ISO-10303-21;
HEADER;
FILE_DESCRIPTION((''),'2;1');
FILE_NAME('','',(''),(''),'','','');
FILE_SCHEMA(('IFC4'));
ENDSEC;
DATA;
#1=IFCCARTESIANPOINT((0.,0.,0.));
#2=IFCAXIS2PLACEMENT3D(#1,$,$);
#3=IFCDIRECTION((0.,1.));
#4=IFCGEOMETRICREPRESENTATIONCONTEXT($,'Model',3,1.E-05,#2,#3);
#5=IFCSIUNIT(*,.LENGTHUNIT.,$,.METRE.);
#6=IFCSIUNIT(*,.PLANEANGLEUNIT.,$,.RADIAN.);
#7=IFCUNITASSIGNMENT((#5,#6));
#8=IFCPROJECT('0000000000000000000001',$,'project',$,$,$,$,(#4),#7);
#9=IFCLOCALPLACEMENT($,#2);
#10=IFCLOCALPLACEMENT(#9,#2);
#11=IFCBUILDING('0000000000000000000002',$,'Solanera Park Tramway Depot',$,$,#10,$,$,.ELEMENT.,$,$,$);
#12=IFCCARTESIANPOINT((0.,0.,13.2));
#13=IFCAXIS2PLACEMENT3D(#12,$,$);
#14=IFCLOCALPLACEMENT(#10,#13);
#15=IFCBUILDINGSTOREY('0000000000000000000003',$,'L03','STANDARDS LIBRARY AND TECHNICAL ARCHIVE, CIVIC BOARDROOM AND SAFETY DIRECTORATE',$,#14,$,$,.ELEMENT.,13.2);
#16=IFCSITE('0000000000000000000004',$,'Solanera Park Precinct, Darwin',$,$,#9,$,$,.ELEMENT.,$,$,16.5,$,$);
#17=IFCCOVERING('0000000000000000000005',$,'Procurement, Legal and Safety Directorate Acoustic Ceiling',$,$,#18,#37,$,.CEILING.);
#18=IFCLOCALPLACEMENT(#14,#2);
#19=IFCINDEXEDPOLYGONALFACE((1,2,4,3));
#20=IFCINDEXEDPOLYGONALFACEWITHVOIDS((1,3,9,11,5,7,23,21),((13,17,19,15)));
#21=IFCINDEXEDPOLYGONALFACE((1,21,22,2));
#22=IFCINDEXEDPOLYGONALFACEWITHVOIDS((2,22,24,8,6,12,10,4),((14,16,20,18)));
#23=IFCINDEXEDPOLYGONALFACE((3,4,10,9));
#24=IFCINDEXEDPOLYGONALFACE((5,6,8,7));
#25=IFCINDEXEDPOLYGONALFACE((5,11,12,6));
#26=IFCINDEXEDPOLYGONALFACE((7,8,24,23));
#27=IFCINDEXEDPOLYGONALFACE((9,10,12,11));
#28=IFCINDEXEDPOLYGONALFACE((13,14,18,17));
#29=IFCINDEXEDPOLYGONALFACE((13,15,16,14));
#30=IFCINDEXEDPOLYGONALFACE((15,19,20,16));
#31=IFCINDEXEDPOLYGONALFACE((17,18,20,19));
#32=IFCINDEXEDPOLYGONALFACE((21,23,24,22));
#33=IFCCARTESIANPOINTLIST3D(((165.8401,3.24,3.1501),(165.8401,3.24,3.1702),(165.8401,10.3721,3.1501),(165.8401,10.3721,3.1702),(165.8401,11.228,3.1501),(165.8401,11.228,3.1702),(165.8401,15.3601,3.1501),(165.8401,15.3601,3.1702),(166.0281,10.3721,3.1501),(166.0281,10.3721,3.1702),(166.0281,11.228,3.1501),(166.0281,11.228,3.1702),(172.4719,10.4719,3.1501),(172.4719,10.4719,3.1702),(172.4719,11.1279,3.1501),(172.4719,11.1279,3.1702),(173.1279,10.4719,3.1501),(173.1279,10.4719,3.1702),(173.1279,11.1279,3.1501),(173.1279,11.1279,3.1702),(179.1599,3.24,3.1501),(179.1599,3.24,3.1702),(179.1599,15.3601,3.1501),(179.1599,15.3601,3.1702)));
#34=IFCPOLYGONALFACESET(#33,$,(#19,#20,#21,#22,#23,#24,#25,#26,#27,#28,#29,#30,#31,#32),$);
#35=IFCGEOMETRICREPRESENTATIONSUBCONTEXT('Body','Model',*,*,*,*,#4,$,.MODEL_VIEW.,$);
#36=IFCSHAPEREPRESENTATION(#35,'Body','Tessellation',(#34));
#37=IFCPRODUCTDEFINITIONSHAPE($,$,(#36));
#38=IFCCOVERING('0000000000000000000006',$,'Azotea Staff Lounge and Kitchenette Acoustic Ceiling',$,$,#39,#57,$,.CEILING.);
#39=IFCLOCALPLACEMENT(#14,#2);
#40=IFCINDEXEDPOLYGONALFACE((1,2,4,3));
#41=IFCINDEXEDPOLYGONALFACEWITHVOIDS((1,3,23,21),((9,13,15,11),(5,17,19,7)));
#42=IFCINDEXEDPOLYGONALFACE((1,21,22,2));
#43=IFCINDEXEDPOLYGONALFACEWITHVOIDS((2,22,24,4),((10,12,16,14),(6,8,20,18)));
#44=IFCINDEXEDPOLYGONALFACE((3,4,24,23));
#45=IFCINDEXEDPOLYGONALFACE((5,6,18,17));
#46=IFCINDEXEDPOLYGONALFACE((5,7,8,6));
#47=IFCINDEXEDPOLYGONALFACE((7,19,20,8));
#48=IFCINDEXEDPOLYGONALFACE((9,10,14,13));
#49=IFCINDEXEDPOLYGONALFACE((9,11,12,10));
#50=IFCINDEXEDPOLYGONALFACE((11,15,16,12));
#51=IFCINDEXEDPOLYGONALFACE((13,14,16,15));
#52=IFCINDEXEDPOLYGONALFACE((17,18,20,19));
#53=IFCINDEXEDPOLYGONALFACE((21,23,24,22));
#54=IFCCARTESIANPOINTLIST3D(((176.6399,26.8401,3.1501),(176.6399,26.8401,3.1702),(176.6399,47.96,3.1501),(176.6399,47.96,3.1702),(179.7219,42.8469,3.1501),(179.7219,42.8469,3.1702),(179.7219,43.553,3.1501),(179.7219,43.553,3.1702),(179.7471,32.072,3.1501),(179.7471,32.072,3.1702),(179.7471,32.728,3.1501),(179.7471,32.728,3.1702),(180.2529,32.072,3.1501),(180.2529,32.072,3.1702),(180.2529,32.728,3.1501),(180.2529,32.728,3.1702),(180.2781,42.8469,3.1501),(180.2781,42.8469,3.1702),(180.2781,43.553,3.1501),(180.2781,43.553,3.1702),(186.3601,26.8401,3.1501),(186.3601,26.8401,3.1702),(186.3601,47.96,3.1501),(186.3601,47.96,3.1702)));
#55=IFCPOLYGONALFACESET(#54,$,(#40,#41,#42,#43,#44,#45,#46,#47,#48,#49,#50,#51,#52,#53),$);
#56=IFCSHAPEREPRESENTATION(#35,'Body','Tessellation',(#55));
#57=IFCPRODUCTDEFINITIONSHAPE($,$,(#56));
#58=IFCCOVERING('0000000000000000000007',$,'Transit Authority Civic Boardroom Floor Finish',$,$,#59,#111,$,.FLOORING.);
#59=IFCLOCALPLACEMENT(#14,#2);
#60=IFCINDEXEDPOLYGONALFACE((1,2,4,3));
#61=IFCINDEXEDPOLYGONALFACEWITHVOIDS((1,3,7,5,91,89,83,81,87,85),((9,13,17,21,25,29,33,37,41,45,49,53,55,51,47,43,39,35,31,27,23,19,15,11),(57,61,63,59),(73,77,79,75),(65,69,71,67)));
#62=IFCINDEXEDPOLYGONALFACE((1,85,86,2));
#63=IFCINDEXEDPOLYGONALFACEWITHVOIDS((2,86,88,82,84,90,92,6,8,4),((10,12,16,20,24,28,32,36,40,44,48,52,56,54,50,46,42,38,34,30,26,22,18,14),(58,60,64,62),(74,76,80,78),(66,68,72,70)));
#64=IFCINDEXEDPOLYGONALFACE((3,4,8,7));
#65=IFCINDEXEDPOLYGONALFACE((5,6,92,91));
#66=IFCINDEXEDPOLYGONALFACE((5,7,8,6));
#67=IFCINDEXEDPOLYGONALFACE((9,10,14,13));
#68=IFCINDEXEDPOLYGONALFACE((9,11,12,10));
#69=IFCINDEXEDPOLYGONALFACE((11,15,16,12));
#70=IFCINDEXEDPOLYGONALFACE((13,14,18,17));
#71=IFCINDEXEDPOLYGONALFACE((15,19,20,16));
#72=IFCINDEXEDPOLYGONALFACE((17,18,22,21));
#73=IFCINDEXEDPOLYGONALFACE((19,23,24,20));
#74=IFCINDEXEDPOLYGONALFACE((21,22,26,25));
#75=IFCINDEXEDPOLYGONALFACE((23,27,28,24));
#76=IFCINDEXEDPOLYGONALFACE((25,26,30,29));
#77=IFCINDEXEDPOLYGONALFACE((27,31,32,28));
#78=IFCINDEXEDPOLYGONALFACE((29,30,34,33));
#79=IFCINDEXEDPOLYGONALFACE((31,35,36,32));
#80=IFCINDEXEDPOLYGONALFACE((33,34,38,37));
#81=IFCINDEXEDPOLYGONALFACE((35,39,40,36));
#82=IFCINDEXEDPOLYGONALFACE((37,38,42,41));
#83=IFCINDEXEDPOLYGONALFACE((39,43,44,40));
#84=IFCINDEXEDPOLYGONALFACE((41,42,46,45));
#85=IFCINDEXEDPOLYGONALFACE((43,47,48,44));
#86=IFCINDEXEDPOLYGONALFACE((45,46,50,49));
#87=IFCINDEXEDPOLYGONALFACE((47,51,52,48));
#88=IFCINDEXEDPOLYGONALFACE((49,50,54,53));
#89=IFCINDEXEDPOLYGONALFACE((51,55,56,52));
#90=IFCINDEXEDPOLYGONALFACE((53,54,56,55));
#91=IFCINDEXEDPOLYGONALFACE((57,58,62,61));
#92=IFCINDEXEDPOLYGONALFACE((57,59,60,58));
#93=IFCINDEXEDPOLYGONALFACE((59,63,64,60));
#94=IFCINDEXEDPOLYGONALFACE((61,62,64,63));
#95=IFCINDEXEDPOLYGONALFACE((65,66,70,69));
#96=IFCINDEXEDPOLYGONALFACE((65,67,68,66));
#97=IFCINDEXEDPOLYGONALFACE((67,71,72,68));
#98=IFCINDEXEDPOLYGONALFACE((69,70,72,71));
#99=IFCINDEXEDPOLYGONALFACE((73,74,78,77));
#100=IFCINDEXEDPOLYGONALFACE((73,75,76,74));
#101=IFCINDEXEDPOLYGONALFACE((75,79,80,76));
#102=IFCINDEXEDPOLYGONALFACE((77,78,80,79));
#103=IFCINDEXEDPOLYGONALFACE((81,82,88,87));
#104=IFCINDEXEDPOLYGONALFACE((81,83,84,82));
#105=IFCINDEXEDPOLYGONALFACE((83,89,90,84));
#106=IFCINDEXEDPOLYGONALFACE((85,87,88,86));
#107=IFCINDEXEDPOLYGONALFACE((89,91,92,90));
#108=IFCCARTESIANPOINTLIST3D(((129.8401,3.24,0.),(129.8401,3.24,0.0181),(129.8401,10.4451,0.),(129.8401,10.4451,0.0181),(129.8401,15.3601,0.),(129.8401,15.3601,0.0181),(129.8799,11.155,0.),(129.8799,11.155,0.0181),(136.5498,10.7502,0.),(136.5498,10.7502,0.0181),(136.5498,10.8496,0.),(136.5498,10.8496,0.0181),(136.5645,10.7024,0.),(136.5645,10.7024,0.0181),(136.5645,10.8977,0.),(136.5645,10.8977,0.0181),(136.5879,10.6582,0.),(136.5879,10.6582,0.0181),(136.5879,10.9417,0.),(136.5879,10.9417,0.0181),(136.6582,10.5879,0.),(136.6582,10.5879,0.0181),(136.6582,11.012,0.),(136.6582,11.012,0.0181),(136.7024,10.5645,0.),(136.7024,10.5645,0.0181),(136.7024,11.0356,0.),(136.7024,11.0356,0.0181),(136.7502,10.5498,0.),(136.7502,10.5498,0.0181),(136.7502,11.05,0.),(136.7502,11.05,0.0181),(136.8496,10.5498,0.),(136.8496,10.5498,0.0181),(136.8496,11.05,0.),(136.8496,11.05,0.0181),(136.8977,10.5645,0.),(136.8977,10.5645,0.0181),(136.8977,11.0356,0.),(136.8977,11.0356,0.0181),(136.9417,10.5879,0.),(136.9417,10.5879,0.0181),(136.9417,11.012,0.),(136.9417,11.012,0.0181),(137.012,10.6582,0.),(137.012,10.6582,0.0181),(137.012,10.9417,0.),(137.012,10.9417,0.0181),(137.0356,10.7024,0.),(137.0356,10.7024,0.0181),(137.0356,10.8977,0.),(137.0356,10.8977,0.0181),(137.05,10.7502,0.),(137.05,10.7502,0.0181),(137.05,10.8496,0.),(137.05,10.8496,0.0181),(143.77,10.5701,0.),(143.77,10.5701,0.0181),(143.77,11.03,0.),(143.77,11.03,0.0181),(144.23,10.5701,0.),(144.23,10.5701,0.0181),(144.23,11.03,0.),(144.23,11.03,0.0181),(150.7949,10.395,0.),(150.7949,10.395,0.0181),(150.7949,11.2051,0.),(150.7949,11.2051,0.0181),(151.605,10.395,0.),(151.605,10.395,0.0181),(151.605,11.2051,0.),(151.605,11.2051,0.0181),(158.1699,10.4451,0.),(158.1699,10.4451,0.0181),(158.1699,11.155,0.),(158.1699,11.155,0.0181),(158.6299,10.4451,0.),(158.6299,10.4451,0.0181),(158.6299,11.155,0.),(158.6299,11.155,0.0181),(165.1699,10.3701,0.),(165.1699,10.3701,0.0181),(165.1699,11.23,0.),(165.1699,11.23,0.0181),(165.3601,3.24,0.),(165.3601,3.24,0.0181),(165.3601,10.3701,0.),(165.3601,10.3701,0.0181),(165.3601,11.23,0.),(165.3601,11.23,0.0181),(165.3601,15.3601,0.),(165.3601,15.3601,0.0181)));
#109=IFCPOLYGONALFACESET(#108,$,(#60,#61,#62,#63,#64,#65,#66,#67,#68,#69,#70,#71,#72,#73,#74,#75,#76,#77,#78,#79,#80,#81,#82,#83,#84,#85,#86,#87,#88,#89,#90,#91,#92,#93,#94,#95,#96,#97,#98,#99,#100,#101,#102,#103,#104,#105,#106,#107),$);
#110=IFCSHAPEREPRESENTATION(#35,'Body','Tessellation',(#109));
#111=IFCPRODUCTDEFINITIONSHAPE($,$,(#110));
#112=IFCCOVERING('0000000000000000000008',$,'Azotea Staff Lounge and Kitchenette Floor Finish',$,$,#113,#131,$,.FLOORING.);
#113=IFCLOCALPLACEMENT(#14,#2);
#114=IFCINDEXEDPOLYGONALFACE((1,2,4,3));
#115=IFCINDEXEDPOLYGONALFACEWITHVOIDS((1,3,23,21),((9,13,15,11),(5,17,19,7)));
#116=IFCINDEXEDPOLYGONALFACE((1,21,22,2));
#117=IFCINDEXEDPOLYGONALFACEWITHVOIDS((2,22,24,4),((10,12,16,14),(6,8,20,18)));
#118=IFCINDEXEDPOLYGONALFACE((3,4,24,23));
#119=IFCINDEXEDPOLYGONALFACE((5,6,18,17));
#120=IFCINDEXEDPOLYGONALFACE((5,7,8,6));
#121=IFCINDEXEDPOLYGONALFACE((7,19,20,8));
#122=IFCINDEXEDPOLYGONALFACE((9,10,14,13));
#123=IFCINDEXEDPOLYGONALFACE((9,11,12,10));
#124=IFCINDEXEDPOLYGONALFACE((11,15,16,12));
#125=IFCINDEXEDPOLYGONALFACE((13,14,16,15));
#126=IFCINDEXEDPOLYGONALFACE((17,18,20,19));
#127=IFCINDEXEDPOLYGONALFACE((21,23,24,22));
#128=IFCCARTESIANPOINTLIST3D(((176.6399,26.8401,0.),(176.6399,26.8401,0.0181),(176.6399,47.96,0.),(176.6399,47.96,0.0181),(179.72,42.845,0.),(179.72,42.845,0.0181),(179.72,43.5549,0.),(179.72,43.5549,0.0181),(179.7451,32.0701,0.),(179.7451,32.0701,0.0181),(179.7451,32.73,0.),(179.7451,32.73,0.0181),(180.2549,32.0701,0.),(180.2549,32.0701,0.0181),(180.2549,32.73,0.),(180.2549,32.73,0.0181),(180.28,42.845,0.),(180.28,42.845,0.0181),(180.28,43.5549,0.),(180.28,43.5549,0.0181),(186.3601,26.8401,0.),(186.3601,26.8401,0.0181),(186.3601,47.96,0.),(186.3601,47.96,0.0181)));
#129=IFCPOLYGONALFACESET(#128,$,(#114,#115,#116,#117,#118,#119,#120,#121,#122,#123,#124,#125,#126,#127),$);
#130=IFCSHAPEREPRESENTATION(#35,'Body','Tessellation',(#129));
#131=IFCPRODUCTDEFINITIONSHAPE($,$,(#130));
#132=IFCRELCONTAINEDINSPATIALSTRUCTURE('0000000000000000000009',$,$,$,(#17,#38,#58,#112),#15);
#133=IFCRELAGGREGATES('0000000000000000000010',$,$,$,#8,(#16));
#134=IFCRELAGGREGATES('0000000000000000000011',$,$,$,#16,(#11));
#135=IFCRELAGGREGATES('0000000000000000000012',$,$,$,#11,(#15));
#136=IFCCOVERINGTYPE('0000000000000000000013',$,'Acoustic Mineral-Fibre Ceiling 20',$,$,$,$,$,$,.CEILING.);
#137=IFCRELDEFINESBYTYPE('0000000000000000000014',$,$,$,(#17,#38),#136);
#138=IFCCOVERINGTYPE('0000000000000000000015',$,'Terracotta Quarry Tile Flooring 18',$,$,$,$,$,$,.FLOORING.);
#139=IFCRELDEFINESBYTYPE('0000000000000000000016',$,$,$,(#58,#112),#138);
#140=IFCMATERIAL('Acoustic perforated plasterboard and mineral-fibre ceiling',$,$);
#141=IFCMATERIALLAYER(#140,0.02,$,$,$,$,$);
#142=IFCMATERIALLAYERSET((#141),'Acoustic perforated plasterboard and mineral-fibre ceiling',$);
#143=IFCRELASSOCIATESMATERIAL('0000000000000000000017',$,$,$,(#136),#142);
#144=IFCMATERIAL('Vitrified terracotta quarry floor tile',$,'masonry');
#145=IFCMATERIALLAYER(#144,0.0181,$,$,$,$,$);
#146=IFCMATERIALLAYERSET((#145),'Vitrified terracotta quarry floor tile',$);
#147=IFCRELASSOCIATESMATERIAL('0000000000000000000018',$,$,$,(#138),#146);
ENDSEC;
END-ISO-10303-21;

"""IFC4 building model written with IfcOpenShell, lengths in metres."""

from ifc_helpers import new_model, si_unit, direction, frame, origin, place, context, subcontext, project, spatial, polyline, outline, extrude, material, layer, layer_set, type_object, element, save


model = new_model("IFC4")

# Units and contexts
model_context = context("Model", 3, precision=1e-05, world=origin(), true_north=direction((0.0, 1.0)))
body_context = subcontext(model_context, "Body", "Model", "MODEL_VIEW")
ifc_project = project(units=[si_unit("LENGTHUNIT", "METRE"), si_unit("PLANEANGLEUNIT", "RADIAN")], contexts=[model_context])

# Site, building, storey
site_placement = place(None, origin())
site = spatial("IfcSite", under=ifc_project, at=site_placement, Name="Solanera Park Precinct, Darwin", CompositionType="ELEMENT", RefElevation=16.5)
building_placement = place(site_placement, origin())
building = spatial("IfcBuilding", under=site, at=building_placement, Name="Solanera Park Tramway Depot", CompositionType="ELEMENT")
storey_placement = place(building_placement, frame((0.0, 0.0, 13.2)))
storey = spatial("IfcBuildingStorey", under=building, at=storey_placement, Name="L03", Description="STANDARDS LIBRARY AND TECHNICAL ARCHIVE, CIVIC BOARDROOM AND SAFETY DIRECTORATE", CompositionType="ELEMENT", Elevation=13.2)

# Coverings
ifc_material_1 = material(Name="Acoustic perforated plasterboard and mineral-fibre ceiling")
ifc_layer_1 = layer(ifc_material_1, 0.02)
ifc_layer_set_1 = layer_set([ifc_layer_1], Name="Acoustic perforated plasterboard and mineral-fibre ceiling")
covering_type_1 = type_object("IfcCoveringType", Name="Acoustic Mineral-Fibre Ceiling 20", PredefinedType="CEILING", material=ifc_layer_set_1)
covering_1_placement = place(storey_placement, frame((0.0, 0.0, 3.1501)))
element("IfcCovering", 1, at=covering_1_placement, inside=storey, type_object=covering_type_1, Name="Procurement, Legal and Safety Directorate Acoustic Ceiling", PredefinedType="CEILING", context=body_context, shape_type="SweptSolid", body=[
    extrude(outline(polyline([(165.8401, 10.3721), (166.0281, 10.3721), (166.0281, 11.228), (165.8401, 11.228), (165.8401, 15.3601), (179.1599, 15.3601), (179.1599, 3.24), (165.8401, 3.24), (165.8401, 10.3721)]), holes=[polyline([(173.1279, 10.4719), (173.1279, 11.1279), (172.4719, 11.1279), (172.4719, 10.4719), (173.1279, 10.4719)])]), origin(), (0.0, 0.0, 1.0), 0.02),
])
covering_2_placement = place(storey_placement, frame((0.0, 0.0, 3.1501)))
element("IfcCovering", 2, at=covering_2_placement, inside=storey, type_object=covering_type_1, Name="Azotea Staff Lounge and Kitchenette Acoustic Ceiling", PredefinedType="CEILING", context=body_context, shape_type="SweptSolid", body=[
    extrude(outline(polyline([(176.6399, 47.96), (186.3601, 47.96), (186.3601, 26.8401), (176.6399, 26.8401), (176.6399, 47.96)]), holes=[polyline([(180.2529, 32.728), (179.7471, 32.728), (179.7471, 32.072), (180.2529, 32.072), (180.2529, 32.728)]), polyline([(180.2781, 42.8469), (180.2781, 43.553), (179.7219, 43.553), (179.7219, 42.8469), (180.2781, 42.8469)])]), origin(), (0.0, 0.0, 1.0), 0.02),
])
ifc_material_2 = material(Name="Vitrified terracotta quarry floor tile", Category="masonry")
ifc_layer_2 = layer(ifc_material_2, 0.0181)
ifc_layer_set_2 = layer_set([ifc_layer_2], Name="Vitrified terracotta quarry floor tile")
covering_type_2 = type_object("IfcCoveringType", Name="Terracotta Quarry Tile Flooring 18", PredefinedType="FLOORING", material=ifc_layer_set_2)
covering_3_placement = place(storey_placement, origin())
element("IfcCovering", 3, at=covering_3_placement, inside=storey, type_object=covering_type_2, Name="Transit Authority Civic Boardroom Floor Finish", PredefinedType="FLOORING", context=body_context, shape_type="SweptSolid", body=[
    extrude(outline(polyline([(129.8401, 15.3601), (165.3601, 15.3601), (165.3601, 11.23), (165.1699, 11.23), (165.1699, 10.3701), (165.3601, 10.3701), (165.3601, 3.24), (129.8401, 3.24), (129.8401, 10.4451), (129.8799, 11.155), (129.8401, 15.3601)]), holes=[polyline([(136.9417, 11.012), (136.8977, 11.0356), (136.8496, 11.05), (136.7502, 11.05), (136.7024, 11.0356), (136.6582, 11.012), (136.5879, 10.9417), (136.5645, 10.8977), (136.5498, 10.8496), (136.5498, 10.7502), (136.5645, 10.7024), (136.5879, 10.6582), (136.6582, 10.5879), (136.7024, 10.5645), (136.7502, 10.5498), (136.8496, 10.5498), (136.8977, 10.5645), (136.9417, 10.5879), (137.012, 10.6582), (137.0356, 10.7024), (137.05, 10.7502), (137.05, 10.8496), (137.0356, 10.8977), (137.012, 10.9417), (136.9417, 11.012)]), polyline([(143.77, 10.5701), (144.23, 10.5701), (144.23, 11.03), (143.77, 11.03), (143.77, 10.5701)]), polyline([(150.7949, 11.2051), (150.7949, 10.395), (151.605, 10.395), (151.605, 11.2051), (150.7949, 11.2051)]), polyline([(158.6299, 11.155), (158.1699, 11.155), (158.1699, 10.4451), (158.6299, 10.4451), (158.6299, 11.155)])]), origin(), (0.0, 0.0, 1.0), 0.0181),
])
covering_4_placement = place(storey_placement, origin())
element("IfcCovering", 4, at=covering_4_placement, inside=storey, type_object=covering_type_2, Name="Azotea Staff Lounge and Kitchenette Floor Finish", PredefinedType="FLOORING", context=body_context, shape_type="SweptSolid", body=[
    extrude(outline(polyline([(176.6399, 47.96), (186.3601, 47.96), (186.3601, 26.8401), (176.6399, 26.8401), (176.6399, 47.96)]), holes=[polyline([(180.2549, 32.73), (179.7451, 32.73), (179.7451, 32.0701), (180.2549, 32.0701), (180.2549, 32.73)]), polyline([(180.28, 42.845), (180.28, 43.5549), (179.72, 43.5549), (179.72, 42.845), (180.28, 42.845)])]), origin(), (0.0, 0.0, 1.0), 0.0181),
])

save(model, "model.ifc")
